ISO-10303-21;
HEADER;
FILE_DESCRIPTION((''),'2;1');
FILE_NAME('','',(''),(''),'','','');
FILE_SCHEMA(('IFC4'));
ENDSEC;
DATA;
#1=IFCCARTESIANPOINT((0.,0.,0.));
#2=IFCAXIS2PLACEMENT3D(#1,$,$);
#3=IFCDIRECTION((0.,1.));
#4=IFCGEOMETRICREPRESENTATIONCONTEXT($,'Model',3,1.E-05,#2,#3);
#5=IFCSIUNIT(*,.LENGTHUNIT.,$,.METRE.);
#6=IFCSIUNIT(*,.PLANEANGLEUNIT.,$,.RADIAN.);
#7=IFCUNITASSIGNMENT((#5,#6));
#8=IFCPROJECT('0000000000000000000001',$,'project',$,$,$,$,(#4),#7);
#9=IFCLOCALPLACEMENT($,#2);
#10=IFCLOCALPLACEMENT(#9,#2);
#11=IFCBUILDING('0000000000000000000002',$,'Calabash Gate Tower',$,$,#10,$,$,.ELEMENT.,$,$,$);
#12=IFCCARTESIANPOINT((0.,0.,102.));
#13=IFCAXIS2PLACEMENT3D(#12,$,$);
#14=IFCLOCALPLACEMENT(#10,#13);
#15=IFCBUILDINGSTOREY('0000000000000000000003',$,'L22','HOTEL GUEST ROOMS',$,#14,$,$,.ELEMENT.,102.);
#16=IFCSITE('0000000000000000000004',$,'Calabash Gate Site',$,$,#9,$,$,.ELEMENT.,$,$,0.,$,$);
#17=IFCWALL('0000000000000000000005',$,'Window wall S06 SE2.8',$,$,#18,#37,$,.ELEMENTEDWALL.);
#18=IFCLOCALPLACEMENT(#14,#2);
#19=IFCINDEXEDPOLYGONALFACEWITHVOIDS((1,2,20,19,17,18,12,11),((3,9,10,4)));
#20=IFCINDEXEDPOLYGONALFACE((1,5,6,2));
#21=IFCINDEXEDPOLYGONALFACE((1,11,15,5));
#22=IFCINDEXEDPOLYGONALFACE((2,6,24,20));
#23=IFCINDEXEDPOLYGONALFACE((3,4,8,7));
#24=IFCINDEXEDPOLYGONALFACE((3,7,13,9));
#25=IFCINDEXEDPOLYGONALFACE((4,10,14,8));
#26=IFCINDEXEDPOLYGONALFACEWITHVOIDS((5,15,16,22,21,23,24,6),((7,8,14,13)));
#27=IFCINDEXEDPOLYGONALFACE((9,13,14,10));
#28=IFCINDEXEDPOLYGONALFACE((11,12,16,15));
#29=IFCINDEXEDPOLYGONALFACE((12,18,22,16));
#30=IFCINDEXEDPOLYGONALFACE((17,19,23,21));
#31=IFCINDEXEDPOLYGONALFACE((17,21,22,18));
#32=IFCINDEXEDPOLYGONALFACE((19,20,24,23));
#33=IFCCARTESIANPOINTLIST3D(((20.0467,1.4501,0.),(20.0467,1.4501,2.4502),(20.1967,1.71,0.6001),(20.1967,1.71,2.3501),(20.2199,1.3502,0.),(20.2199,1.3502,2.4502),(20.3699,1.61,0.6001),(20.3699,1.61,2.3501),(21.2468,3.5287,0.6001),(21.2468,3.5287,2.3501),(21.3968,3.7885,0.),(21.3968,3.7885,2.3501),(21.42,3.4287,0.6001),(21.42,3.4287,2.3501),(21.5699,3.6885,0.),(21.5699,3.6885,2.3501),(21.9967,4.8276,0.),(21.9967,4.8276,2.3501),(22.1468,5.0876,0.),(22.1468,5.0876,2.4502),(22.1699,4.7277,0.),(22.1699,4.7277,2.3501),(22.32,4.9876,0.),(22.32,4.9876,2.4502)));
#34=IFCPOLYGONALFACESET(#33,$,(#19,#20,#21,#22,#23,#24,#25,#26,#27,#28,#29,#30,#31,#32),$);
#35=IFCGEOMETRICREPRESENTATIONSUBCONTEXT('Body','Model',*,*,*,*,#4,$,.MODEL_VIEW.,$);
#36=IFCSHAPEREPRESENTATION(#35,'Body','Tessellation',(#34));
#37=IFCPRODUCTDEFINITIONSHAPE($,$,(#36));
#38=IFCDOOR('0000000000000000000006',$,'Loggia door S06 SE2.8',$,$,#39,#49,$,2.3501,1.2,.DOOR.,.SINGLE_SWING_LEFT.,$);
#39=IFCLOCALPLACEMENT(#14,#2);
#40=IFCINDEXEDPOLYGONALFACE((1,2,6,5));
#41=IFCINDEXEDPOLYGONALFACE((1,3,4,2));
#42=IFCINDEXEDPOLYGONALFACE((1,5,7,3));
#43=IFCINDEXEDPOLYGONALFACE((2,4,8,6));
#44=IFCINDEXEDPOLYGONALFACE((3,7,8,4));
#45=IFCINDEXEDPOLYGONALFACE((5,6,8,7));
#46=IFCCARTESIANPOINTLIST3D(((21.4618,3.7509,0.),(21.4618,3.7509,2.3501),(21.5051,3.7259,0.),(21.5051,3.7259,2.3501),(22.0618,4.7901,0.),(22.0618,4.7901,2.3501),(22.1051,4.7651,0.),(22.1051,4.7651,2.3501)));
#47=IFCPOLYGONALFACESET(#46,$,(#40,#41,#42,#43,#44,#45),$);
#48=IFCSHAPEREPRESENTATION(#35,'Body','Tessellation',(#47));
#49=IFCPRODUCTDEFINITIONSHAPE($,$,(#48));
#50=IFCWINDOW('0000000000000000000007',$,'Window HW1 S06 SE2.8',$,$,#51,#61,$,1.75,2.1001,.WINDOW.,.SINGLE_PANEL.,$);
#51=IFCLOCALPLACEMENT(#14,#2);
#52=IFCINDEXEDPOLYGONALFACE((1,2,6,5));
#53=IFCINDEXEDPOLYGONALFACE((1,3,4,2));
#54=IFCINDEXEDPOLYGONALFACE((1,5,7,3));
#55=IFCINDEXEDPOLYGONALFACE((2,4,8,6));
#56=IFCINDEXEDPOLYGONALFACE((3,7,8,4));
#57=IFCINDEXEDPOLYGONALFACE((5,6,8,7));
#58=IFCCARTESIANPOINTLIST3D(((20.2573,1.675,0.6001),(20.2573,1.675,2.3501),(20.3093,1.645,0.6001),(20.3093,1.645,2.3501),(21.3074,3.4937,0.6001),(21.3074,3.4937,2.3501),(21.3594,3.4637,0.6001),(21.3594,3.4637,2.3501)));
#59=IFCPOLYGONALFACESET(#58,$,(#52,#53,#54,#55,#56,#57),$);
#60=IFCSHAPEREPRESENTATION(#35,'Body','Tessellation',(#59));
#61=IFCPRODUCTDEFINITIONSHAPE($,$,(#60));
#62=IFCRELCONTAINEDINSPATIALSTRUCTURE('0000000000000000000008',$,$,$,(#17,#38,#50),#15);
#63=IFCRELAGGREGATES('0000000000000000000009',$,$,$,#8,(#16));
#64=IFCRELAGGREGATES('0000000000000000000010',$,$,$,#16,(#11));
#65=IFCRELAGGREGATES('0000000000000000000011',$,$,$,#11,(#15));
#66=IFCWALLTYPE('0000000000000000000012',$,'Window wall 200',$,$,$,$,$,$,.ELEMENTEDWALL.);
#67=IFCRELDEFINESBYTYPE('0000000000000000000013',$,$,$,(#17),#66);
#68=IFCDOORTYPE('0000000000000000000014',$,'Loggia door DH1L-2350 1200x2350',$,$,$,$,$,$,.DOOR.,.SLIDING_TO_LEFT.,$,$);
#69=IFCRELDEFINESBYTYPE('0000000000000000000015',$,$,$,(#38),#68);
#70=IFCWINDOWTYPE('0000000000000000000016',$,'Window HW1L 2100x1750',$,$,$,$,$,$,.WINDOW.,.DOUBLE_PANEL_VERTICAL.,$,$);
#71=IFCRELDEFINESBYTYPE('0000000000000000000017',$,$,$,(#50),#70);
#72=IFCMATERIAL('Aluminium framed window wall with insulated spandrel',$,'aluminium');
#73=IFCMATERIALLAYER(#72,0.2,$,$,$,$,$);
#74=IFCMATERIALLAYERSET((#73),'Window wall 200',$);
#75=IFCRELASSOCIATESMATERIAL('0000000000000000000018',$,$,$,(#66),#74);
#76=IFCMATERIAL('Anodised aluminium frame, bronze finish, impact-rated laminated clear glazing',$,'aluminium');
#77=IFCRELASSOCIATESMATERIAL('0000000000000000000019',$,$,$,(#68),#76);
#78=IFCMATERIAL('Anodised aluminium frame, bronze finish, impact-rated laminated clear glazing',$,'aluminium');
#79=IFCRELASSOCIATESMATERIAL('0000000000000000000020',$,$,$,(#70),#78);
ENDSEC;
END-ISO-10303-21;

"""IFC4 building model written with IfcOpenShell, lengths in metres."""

from ifc_helpers import new_model, si_unit, direction, frame, frame_2d, origin, place, context, subcontext, project, spatial, rectangle, extrude, material, layer, layer_set, type_object, element, fill, save


model = new_model("IFC4")

# Units and contexts
model_context = context("Model", 3, precision=1e-05, world=origin(), true_north=direction((0.0, 1.0)))
body_context = subcontext(model_context, "Body", "Model", "MODEL_VIEW")
ifc_project = project(units=[si_unit("LENGTHUNIT", "METRE"), si_unit("PLANEANGLEUNIT", "RADIAN")], contexts=[model_context])

# Site, building, storey
site_placement = place(None, origin())
site = spatial("IfcSite", under=ifc_project, at=site_placement, Name="Calabash Gate Site", CompositionType="ELEMENT", RefElevation=0.0)
building_placement = place(site_placement, origin())
building = spatial("IfcBuilding", under=site, at=building_placement, Name="Calabash Gate Tower", CompositionType="ELEMENT")
storey_placement = place(building_placement, frame((0.0, 0.0, 102.0)))
storey = spatial("IfcBuildingStorey", under=building, at=storey_placement, Name="L22", Description="HOTEL GUEST ROOMS", CompositionType="ELEMENT", Elevation=102.0)

# Shared definitions
ifc_material_1 = material(Name="Aluminium framed window wall with insulated spandrel", Category="aluminium")
ifc_layer_1 = layer(ifc_material_1, 0.2)
ifc_layer_set_1 = layer_set([ifc_layer_1], Name="Window wall 200")
wall_type_1 = type_object("IfcWallType", Name="Window wall 200", PredefinedType="ELEMENTEDWALL", material=ifc_layer_set_1)

# Wall, openings, door, window
wall_1_placement = place(storey_placement, frame((20.1333, 1.4001, 0.0), z_axis=(0.0, 0.0, 1.0), x_axis=(0.500003, 0.866024, 0.0)))
wall_1 = element("IfcWall", 1, at=wall_1_placement, inside=storey, type_object=wall_type_1, Name="Window wall S06 SE2.8", PredefinedType="ELEMENTEDWALL", context=body_context, shape_type="SweptSolid", body=[
    extrude(rectangle(XDim=4.2002, YDim=0.2, at=frame_2d((2.1001, 0.0))), origin(), (0.0, 0.0, 1.0), 2.4502),
])
opening_1_placement = place(wall_1_placement, frame((0.3, 0.0, 0.6001)))
opening_1 = element("IfcOpeningElement", 2, at=opening_1_placement, cuts=wall_1, PredefinedType="OPENING", context=body_context, shape_type="SweptSolid", body=[
    extrude(rectangle(XDim=2.1001, YDim=1.75, at=frame_2d((1.05, 0.875))), frame((0.0, 0.1099, 0.0), z_axis=(0.0, -1.0, 0.0), x_axis=(1.0, 0.0, 0.0)), (0.0, 0.0, 1.0), 0.22),
])
opening_2_placement = place(wall_1_placement, frame((2.7, 0.0, 0.0)))
opening_2 = element("IfcOpeningElement", 3, at=opening_2_placement, cuts=wall_1, PredefinedType="OPENING", context=body_context, shape_type="SweptSolid", body=[
    extrude(rectangle(XDim=1.2, YDim=2.3501, at=frame_2d((0.6001, 1.175))), frame((0.0, 0.1099, 0.0), z_axis=(0.0, -1.0, 0.0), x_axis=(1.0, 0.0, 0.0)), (0.0, 0.0, 1.0), 0.22),
])
ifc_material_2 = material(Name="Anodised aluminium frame, bronze finish, impact-rated laminated clear glazing", Category="aluminium")
door_type_1 = type_object("IfcDoorType", Name="Loggia door DH1L-2350 1200x2350", OperationType="SLIDING_TO_LEFT", PredefinedType="DOOR", material=ifc_material_2)
door_1_placement = place(opening_2_placement, origin())
door_1 = element("IfcDoor", 4, at=door_1_placement, inside=storey, type_object=door_type_1, Name="Loggia door S06 SE2.8", OperationType="SINGLE_SWING_LEFT", OverallHeight=2.3501, OverallWidth=1.2, PredefinedType="DOOR", context=body_context, shape_type="SweptSolid", body=[
    extrude(rectangle(XDim=1.2, YDim=2.3501, at=frame_2d((0.6001, 1.175))), frame((0.0, 0.0249, 0.0), z_axis=(0.0, -1.0, 0.0), x_axis=(1.0, 0.0, 0.0)), (0.0, 0.0, 1.0), 0.05),
])
fill(opening_2, door_1)
ifc_material_3 = material(Name="Anodised aluminium frame, bronze finish, impact-rated laminated clear glazing", Category="aluminium")
window_type_1 = type_object("IfcWindowType", Name="Window HW1L 2100x1750", PartitioningType="DOUBLE_PANEL_VERTICAL", PredefinedType="WINDOW", material=ifc_material_3)
window_1_placement = place(opening_1_placement, origin())
window_1 = element("IfcWindow", 5, at=window_1_placement, inside=storey, type_object=window_type_1, Name="Window HW1 S06 SE2.8", OverallHeight=1.75, OverallWidth=2.1001, PartitioningType="SINGLE_PANEL", PredefinedType="WINDOW", context=body_context, shape_type="SweptSolid", body=[
    extrude(rectangle(XDim=2.1001, YDim=1.75, at=frame_2d((1.05, 0.875))), frame((0.0, 0.03, 0.0), z_axis=(0.0, -1.0, 0.0), x_axis=(1.0, 0.0, 0.0)), (0.0, 0.0, 1.0), 0.0601),
])
fill(opening_1, window_1)

save(model, "model.ifc")
